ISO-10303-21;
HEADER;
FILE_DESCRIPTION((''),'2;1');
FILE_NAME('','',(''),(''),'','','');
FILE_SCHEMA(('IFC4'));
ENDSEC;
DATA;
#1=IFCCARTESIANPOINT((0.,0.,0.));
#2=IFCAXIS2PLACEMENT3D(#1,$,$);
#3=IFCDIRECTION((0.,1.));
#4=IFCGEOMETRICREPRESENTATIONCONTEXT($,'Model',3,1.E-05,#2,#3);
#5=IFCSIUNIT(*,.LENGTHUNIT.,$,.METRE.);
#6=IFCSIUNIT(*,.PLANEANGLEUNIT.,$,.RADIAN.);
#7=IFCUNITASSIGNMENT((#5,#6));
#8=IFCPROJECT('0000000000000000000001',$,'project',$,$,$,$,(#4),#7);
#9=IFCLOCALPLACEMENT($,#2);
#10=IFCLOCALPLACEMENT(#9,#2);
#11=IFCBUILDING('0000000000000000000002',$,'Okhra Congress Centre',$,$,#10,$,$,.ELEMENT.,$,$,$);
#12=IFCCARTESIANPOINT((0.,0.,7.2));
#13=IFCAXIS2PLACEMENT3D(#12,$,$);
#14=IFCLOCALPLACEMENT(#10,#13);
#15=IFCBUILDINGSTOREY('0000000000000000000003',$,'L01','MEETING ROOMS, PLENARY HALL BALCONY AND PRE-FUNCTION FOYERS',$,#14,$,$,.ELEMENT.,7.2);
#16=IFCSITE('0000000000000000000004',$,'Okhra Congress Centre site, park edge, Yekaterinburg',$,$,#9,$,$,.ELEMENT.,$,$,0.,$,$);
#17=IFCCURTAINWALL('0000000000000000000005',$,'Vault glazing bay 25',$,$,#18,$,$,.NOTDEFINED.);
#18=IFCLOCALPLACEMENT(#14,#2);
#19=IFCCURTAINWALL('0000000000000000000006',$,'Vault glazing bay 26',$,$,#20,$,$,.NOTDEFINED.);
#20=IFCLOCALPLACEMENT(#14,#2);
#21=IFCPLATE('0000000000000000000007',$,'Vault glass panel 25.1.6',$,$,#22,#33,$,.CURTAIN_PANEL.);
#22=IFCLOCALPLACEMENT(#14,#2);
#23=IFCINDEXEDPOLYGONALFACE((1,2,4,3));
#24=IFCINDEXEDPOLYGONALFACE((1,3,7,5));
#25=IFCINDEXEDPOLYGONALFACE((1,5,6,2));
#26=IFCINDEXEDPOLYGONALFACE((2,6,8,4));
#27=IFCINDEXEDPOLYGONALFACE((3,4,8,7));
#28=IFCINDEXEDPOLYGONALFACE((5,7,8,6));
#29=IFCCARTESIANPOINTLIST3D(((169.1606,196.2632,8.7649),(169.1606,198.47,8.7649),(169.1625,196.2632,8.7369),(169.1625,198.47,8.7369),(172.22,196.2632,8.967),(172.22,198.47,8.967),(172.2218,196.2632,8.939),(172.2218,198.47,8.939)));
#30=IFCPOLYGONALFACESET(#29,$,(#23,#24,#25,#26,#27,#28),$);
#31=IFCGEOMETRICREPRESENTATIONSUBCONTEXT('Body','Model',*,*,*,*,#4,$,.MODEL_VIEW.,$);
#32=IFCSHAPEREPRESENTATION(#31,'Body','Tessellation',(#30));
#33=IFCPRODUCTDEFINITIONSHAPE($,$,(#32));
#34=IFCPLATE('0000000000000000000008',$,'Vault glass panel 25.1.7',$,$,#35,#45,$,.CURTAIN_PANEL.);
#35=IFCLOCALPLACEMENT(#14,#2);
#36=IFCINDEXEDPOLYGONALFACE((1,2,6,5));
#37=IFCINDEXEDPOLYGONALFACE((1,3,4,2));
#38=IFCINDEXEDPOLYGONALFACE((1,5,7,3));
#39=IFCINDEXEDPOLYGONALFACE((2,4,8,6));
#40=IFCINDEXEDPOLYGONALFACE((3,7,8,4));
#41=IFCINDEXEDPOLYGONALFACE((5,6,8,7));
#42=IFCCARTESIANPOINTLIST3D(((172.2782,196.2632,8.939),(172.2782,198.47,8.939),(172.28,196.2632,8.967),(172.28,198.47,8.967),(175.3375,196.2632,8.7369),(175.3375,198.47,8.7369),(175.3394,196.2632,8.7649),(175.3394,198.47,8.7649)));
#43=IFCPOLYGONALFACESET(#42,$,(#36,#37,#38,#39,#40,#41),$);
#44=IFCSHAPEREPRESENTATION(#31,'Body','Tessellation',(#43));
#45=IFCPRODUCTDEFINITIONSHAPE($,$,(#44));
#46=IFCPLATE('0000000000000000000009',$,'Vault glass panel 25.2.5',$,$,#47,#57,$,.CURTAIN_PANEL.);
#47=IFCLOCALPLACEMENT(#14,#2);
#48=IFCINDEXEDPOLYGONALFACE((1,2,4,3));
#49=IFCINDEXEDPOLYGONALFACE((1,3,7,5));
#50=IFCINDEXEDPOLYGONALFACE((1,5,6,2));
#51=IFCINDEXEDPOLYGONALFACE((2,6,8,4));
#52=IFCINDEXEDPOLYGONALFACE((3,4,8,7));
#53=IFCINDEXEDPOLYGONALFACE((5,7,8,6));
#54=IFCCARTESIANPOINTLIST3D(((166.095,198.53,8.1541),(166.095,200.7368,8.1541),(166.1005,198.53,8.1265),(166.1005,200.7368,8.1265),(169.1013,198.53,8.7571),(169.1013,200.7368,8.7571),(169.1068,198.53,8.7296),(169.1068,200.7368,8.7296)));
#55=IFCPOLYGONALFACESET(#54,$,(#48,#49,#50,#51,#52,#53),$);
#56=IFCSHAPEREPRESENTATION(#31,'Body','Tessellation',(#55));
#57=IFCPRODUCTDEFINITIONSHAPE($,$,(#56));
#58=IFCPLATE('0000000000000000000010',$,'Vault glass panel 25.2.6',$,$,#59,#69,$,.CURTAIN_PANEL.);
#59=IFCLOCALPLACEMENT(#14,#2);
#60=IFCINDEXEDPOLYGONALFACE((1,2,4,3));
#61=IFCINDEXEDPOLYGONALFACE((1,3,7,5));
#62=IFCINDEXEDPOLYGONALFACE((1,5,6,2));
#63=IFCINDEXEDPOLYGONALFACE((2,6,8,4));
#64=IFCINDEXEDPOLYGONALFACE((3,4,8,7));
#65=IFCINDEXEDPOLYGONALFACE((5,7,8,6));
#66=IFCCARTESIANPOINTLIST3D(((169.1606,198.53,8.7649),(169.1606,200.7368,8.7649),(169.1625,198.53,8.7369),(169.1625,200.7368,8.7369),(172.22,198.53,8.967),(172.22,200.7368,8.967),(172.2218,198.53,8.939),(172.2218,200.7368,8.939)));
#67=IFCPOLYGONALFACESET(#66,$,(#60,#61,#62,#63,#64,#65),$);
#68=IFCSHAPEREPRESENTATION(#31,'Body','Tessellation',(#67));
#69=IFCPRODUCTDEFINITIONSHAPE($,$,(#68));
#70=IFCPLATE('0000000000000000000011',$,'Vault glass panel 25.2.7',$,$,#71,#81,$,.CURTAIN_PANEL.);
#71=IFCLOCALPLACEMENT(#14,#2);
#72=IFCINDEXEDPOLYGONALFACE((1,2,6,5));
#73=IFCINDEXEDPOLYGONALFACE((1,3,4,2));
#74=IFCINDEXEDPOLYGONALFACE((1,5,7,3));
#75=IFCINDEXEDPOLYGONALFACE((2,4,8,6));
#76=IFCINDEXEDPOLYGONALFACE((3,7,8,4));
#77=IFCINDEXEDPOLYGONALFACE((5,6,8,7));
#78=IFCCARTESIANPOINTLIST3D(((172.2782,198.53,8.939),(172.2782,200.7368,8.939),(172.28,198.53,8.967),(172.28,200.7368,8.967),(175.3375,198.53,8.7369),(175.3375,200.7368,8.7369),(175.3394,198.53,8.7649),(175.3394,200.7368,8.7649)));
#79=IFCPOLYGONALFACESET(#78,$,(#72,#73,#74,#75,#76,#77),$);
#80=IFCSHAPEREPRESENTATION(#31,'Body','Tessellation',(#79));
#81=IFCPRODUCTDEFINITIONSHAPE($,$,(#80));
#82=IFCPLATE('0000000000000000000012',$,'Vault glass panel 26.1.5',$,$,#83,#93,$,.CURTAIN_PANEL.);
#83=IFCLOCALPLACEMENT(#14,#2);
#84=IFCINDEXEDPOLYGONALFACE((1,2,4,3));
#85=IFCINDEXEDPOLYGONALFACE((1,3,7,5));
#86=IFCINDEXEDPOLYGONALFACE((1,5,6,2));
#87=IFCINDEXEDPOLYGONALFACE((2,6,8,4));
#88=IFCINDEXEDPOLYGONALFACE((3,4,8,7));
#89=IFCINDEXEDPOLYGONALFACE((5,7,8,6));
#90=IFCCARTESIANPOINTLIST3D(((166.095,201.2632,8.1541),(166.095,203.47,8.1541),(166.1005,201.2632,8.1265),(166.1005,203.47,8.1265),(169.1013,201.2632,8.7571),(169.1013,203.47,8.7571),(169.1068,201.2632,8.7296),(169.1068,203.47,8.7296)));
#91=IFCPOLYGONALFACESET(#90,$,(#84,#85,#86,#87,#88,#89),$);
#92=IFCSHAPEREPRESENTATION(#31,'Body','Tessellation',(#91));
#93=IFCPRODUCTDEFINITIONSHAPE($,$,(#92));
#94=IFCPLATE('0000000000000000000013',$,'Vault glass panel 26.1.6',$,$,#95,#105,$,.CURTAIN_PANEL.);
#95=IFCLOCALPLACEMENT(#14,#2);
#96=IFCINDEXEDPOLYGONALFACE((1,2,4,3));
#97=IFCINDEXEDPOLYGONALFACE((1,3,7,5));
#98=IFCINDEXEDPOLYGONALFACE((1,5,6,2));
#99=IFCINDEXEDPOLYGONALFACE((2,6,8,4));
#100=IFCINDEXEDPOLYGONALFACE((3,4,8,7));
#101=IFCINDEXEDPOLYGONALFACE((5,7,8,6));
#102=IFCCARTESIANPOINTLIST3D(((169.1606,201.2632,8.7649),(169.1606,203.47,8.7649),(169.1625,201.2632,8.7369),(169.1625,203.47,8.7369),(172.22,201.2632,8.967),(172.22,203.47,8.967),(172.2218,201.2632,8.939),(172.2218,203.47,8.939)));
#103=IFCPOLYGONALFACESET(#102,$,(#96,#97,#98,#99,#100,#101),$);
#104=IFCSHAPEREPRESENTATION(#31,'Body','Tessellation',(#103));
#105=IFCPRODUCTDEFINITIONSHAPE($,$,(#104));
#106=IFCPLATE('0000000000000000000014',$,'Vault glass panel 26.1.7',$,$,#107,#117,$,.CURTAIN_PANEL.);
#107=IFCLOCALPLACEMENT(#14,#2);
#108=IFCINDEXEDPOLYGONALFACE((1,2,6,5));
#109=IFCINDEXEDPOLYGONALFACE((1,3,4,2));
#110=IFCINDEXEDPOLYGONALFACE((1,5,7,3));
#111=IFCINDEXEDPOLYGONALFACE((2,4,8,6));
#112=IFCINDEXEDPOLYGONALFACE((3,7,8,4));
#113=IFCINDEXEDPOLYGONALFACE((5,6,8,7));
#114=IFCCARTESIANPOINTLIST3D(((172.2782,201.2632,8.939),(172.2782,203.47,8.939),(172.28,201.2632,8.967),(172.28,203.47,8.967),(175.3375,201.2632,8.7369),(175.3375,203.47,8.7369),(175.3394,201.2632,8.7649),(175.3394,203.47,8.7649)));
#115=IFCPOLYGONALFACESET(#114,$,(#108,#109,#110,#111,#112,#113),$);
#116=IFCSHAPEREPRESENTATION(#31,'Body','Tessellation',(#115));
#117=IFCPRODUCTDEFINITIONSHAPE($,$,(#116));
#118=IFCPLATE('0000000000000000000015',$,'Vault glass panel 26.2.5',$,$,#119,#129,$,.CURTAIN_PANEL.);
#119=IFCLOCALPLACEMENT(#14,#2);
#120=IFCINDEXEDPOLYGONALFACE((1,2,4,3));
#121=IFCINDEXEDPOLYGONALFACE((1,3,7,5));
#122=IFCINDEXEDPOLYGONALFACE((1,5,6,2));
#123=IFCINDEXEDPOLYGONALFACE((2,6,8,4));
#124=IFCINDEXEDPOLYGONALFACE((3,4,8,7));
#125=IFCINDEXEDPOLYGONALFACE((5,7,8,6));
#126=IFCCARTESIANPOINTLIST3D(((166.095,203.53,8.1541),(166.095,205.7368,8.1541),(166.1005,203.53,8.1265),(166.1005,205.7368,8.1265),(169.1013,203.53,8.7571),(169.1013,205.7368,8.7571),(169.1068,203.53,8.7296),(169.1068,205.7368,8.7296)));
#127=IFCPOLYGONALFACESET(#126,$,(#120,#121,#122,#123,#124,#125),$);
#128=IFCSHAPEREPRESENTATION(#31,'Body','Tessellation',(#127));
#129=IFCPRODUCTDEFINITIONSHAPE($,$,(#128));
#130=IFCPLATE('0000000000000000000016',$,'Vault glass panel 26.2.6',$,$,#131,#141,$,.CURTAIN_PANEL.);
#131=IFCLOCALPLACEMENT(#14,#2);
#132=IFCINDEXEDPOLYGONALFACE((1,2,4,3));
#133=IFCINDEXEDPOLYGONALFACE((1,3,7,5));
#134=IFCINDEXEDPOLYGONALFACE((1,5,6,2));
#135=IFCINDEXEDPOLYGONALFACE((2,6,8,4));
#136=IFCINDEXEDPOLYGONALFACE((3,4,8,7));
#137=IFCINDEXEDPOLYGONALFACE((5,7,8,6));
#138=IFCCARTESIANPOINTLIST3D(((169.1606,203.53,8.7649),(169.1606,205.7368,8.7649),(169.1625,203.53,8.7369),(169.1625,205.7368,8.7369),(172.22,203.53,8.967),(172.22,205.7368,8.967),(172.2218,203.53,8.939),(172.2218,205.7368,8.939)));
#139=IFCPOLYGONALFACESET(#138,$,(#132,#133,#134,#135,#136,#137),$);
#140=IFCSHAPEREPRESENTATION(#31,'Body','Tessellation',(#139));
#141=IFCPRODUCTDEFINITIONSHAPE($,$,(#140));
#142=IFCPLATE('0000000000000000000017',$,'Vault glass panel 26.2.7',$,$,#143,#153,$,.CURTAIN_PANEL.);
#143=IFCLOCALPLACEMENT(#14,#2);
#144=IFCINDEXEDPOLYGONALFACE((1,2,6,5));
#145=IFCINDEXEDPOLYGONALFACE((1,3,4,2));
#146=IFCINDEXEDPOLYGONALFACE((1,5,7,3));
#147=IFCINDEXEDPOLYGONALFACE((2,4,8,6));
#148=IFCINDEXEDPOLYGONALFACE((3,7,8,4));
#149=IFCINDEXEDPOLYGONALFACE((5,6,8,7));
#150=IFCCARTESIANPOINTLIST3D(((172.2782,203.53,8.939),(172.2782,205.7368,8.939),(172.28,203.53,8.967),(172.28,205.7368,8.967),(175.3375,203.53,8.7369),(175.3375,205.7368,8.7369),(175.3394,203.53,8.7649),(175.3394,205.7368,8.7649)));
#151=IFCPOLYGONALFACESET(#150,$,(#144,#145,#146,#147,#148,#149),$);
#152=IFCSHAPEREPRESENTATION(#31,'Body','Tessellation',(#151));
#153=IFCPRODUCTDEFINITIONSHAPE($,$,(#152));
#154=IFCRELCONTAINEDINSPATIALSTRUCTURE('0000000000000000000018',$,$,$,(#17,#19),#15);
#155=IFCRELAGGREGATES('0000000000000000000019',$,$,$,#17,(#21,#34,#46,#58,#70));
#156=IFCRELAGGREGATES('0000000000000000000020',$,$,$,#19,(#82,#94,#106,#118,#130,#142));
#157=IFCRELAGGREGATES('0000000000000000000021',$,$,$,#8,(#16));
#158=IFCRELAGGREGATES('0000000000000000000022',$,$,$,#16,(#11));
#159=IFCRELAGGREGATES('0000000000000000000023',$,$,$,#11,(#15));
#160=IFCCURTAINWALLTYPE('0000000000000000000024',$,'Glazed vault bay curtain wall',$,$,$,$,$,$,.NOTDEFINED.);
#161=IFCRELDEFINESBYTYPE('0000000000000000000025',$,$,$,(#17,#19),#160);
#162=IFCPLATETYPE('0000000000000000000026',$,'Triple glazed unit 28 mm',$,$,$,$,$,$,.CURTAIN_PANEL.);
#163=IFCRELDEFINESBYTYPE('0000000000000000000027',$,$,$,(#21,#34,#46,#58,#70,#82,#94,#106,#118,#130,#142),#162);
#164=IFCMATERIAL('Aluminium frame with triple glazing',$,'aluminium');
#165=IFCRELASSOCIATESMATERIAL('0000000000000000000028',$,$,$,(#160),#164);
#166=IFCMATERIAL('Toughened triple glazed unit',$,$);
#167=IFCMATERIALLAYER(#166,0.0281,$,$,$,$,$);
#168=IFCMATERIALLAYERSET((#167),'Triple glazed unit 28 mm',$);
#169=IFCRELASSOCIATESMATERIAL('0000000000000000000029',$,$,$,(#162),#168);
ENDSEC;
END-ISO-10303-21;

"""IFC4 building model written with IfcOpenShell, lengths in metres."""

from ifc_helpers import new_model, si_unit, direction, frame, origin, place, context, subcontext, project, spatial, polyline, outline, extrude, material, layer, layer_set, type_object, element, aggregate, save


model = new_model("IFC4")

# Units and contexts
model_context = context("Model", 3, precision=1e-05, world=origin(), true_north=direction((0.0, 1.0)))
body_context = subcontext(model_context, "Body", "Model", "MODEL_VIEW")
ifc_project = project(units=[si_unit("LENGTHUNIT", "METRE"), si_unit("PLANEANGLEUNIT", "RADIAN")], contexts=[model_context])

# Site, building, storey
site_placement = place(None, origin())
site = spatial("IfcSite", under=ifc_project, at=site_placement, Name="Okhra Congress Centre site, park edge, Yekaterinburg", CompositionType="ELEMENT", RefElevation=0.0)
building_placement = place(site_placement, origin())
building = spatial("IfcBuilding", under=site, at=building_placement, Name="Okhra Congress Centre", CompositionType="ELEMENT")
storey_placement = place(building_placement, frame((0.0, 0.0, 7.2)))
storey = spatial("IfcBuildingStorey", under=building, at=storey_placement, Name="L01", Description="MEETING ROOMS, PLENARY HALL BALCONY AND PRE-FUNCTION FOYERS", CompositionType="ELEMENT", Elevation=7.2)

# Curtain walls
ifc_material_1 = material(Name="Aluminium frame with triple glazing", Category="aluminium")
curtain_wall_type = type_object("IfcCurtainWallType", Name="Glazed vault bay curtain wall", PredefinedType="NOTDEFINED", material=ifc_material_1)
curtain_wall_1_placement = place(storey_placement, origin())
curtain_wall_1 = element("IfcCurtainWall", 1, at=curtain_wall_1_placement, inside=storey, type_object=curtain_wall_type, Name="Vault glazing bay 25", PredefinedType="NOTDEFINED")
curtain_wall_2_placement = place(storey_placement, origin())
curtain_wall_2 = element("IfcCurtainWall", 2, at=curtain_wall_2_placement, inside=storey, type_object=curtain_wall_type, Name="Vault glazing bay 26", PredefinedType="NOTDEFINED")

# Plates
ifc_material_2 = material(Name="Toughened triple glazed unit")
ifc_layer = layer(ifc_material_2, 0.0281)
ifc_layer_set = layer_set([ifc_layer], Name="Triple glazed unit 28 mm")
plate_type = type_object("IfcPlateType", Name="Triple glazed unit 28 mm", PredefinedType="CURTAIN_PANEL", material=ifc_layer_set)
plate_1_placement = place(storey_placement, frame((169.1606, 196.2632, 8.7649), z_axis=(-0.065932, 0.0, 0.997824), x_axis=(0.997824, 0.0, 0.065932)))
plate_1 = element("IfcPlate", 3, at=plate_1_placement, type_object=plate_type, Name="Vault glass panel 25.1.6", PredefinedType="CURTAIN_PANEL", context=body_context, shape_type="SweptSolid", body=[
    extrude(outline(polyline([(0.0, 0.0), (3.066, 0.0), (3.066, 2.2068), (0.0, 2.2068), (0.0, 0.0)])), origin(), (0.0, 0.0, -1.0), 0.0281),
])
plate_2_placement = place(storey_placement, frame((172.28, 196.2632, 8.967), z_axis=(0.065932, 0.0, 0.997824), x_axis=(0.997824, 0.0, -0.065932)))
plate_2 = element("IfcPlate", 4, at=plate_2_placement, type_object=plate_type, Name="Vault glass panel 25.1.7", PredefinedType="CURTAIN_PANEL", context=body_context, shape_type="SweptSolid", body=[
    extrude(outline(polyline([(0.0, 0.0), (3.066, 0.0), (3.066, 2.2068), (0.0, 2.2068), (0.0, 0.0)])), origin(), (0.0, 0.0, -1.0), 0.0281),
])
plate_3_placement = place(storey_placement, frame((166.095, 198.53, 8.1541), z_axis=(-0.196667, 0.0, 0.98047), x_axis=(0.98047, 0.0, 0.196667)))
plate_3 = element("IfcPlate", 5, at=plate_3_placement, type_object=plate_type, Name="Vault glass panel 25.2.5", PredefinedType="CURTAIN_PANEL", context=body_context, shape_type="SweptSolid", body=[
    extrude(outline(polyline([(0.0, 0.0), (3.0662, 0.0), (3.0662, 2.2068), (0.0, 2.2068), (0.0, 0.0)])), origin(), (0.0, 0.0, -1.0), 0.0281),
])
plate_4_placement = place(storey_placement, frame((169.1606, 198.53, 8.7649), z_axis=(-0.065932, 0.0, 0.997824), x_axis=(0.997824, 0.0, 0.065932)))
plate_4 = element("IfcPlate", 6, at=plate_4_placement, type_object=plate_type, Name="Vault glass panel 25.2.6", PredefinedType="CURTAIN_PANEL", context=body_context, shape_type="SweptSolid", body=[
    extrude(outline(polyline([(0.0, 0.0), (3.066, 0.0), (3.066, 2.2068), (0.0, 2.2068), (0.0, 0.0)])), origin(), (0.0, 0.0, -1.0), 0.0281),
])
plate_5_placement = place(storey_placement, frame((172.28, 198.53, 8.967), z_axis=(0.065932, 0.0, 0.997824), x_axis=(0.997824, 0.0, -0.065932)))
plate_5 = element("IfcPlate", 7, at=plate_5_placement, type_object=plate_type, Name="Vault glass panel 25.2.7", PredefinedType="CURTAIN_PANEL", context=body_context, shape_type="SweptSolid", body=[
    extrude(outline(polyline([(0.0, 0.0), (3.066, 0.0), (3.066, 2.2068), (0.0, 2.2068), (0.0, 0.0)])), origin(), (0.0, 0.0, -1.0), 0.0281),
])
aggregate(curtain_wall_1, [plate_1, plate_2, plate_3, plate_4, plate_5])
plate_6_placement = place(storey_placement, frame((166.095, 201.2632, 8.1541), z_axis=(-0.196667, 0.0, 0.98047), x_axis=(0.98047, 0.0, 0.196667)))
plate_6 = element("IfcPlate", 8, at=plate_6_placement, type_object=plate_type, Name="Vault glass panel 26.1.5", PredefinedType="CURTAIN_PANEL", context=body_context, shape_type="SweptSolid", body=[
    extrude(outline(polyline([(0.0, 0.0), (3.0662, 0.0), (3.0662, 2.2068), (0.0, 2.2068), (0.0, 0.0)])), origin(), (0.0, 0.0, -1.0), 0.0281),
])
plate_7_placement = place(storey_placement, frame((169.1606, 201.2632, 8.7649), z_axis=(-0.065932, 0.0, 0.997824), x_axis=(0.997824, 0.0, 0.065932)))
plate_7 = element("IfcPlate", 9, at=plate_7_placement, type_object=plate_type, Name="Vault glass panel 26.1.6", PredefinedType="CURTAIN_PANEL", context=body_context, shape_type="SweptSolid", body=[
    extrude(outline(polyline([(0.0, 0.0), (3.066, 0.0), (3.066, 2.2068), (0.0, 2.2068), (0.0, 0.0)])), origin(), (0.0, 0.0, -1.0), 0.0281),
])
plate_8_placement = place(storey_placement, frame((172.28, 201.2632, 8.967), z_axis=(0.065932, 0.0, 0.997824), x_axis=(0.997824, 0.0, -0.065932)))
plate_8 = element("IfcPlate", 10, at=plate_8_placement, type_object=plate_type, Name="Vault glass panel 26.1.7", PredefinedType="CURTAIN_PANEL", context=body_context, shape_type="SweptSolid", body=[
    extrude(outline(polyline([(0.0, 0.0), (3.066, 0.0), (3.066, 2.2068), (0.0, 2.2068), (0.0, 0.0)])), origin(), (0.0, 0.0, -1.0), 0.0281),
])
plate_9_placement = place(storey_placement, frame((166.095, 203.53, 8.1541), z_axis=(-0.196667, 0.0, 0.98047), x_axis=(0.98047, 0.0, 0.196667)))
plate_9 = element("IfcPlate", 11, at=plate_9_placement, type_object=plate_type, Name="Vault glass panel 26.2.5", PredefinedType="CURTAIN_PANEL", context=body_context, shape_type="SweptSolid", body=[
    extrude(outline(polyline([(0.0, 0.0), (3.0662, 0.0), (3.0662, 2.2068), (0.0, 2.2068), (0.0, 0.0)])), origin(), (0.0, 0.0, -1.0), 0.0281),
])
plate_10_placement = place(storey_placement, frame((169.1606, 203.53, 8.7649), z_axis=(-0.065932, 0.0, 0.997824), x_axis=(0.997824, 0.0, 0.065932)))
plate_10 = element("IfcPlate", 12, at=plate_10_placement, type_object=plate_type, Name="Vault glass panel 26.2.6", PredefinedType="CURTAIN_PANEL", context=body_context, shape_type="SweptSolid", body=[
    extrude(outline(polyline([(0.0, 0.0), (3.066, 0.0), (3.066, 2.2068), (0.0, 2.2068), (0.0, 0.0)])), origin(), (0.0, 0.0, -1.0), 0.0281),
])
plate_11_placement = place(storey_placement, frame((172.28, 203.53, 8.967), z_axis=(0.065932, 0.0, 0.997824), x_axis=(0.997824, 0.0, -0.065932)))
plate_11 = element("IfcPlate", 13, at=plate_11_placement, type_object=plate_type, Name="Vault glass panel 26.2.7", PredefinedType="CURTAIN_PANEL", context=body_context, shape_type="SweptSolid", body=[
    extrude(outline(polyline([(0.0, 0.0), (3.066, 0.0), (3.066, 2.2068), (0.0, 2.2068), (0.0, 0.0)])), origin(), (0.0, 0.0, -1.0), 0.0281),
])
aggregate(curtain_wall_2, [plate_6, plate_7, plate_8, plate_9, plate_10, plate_11])

save(model, "model.ifc")
